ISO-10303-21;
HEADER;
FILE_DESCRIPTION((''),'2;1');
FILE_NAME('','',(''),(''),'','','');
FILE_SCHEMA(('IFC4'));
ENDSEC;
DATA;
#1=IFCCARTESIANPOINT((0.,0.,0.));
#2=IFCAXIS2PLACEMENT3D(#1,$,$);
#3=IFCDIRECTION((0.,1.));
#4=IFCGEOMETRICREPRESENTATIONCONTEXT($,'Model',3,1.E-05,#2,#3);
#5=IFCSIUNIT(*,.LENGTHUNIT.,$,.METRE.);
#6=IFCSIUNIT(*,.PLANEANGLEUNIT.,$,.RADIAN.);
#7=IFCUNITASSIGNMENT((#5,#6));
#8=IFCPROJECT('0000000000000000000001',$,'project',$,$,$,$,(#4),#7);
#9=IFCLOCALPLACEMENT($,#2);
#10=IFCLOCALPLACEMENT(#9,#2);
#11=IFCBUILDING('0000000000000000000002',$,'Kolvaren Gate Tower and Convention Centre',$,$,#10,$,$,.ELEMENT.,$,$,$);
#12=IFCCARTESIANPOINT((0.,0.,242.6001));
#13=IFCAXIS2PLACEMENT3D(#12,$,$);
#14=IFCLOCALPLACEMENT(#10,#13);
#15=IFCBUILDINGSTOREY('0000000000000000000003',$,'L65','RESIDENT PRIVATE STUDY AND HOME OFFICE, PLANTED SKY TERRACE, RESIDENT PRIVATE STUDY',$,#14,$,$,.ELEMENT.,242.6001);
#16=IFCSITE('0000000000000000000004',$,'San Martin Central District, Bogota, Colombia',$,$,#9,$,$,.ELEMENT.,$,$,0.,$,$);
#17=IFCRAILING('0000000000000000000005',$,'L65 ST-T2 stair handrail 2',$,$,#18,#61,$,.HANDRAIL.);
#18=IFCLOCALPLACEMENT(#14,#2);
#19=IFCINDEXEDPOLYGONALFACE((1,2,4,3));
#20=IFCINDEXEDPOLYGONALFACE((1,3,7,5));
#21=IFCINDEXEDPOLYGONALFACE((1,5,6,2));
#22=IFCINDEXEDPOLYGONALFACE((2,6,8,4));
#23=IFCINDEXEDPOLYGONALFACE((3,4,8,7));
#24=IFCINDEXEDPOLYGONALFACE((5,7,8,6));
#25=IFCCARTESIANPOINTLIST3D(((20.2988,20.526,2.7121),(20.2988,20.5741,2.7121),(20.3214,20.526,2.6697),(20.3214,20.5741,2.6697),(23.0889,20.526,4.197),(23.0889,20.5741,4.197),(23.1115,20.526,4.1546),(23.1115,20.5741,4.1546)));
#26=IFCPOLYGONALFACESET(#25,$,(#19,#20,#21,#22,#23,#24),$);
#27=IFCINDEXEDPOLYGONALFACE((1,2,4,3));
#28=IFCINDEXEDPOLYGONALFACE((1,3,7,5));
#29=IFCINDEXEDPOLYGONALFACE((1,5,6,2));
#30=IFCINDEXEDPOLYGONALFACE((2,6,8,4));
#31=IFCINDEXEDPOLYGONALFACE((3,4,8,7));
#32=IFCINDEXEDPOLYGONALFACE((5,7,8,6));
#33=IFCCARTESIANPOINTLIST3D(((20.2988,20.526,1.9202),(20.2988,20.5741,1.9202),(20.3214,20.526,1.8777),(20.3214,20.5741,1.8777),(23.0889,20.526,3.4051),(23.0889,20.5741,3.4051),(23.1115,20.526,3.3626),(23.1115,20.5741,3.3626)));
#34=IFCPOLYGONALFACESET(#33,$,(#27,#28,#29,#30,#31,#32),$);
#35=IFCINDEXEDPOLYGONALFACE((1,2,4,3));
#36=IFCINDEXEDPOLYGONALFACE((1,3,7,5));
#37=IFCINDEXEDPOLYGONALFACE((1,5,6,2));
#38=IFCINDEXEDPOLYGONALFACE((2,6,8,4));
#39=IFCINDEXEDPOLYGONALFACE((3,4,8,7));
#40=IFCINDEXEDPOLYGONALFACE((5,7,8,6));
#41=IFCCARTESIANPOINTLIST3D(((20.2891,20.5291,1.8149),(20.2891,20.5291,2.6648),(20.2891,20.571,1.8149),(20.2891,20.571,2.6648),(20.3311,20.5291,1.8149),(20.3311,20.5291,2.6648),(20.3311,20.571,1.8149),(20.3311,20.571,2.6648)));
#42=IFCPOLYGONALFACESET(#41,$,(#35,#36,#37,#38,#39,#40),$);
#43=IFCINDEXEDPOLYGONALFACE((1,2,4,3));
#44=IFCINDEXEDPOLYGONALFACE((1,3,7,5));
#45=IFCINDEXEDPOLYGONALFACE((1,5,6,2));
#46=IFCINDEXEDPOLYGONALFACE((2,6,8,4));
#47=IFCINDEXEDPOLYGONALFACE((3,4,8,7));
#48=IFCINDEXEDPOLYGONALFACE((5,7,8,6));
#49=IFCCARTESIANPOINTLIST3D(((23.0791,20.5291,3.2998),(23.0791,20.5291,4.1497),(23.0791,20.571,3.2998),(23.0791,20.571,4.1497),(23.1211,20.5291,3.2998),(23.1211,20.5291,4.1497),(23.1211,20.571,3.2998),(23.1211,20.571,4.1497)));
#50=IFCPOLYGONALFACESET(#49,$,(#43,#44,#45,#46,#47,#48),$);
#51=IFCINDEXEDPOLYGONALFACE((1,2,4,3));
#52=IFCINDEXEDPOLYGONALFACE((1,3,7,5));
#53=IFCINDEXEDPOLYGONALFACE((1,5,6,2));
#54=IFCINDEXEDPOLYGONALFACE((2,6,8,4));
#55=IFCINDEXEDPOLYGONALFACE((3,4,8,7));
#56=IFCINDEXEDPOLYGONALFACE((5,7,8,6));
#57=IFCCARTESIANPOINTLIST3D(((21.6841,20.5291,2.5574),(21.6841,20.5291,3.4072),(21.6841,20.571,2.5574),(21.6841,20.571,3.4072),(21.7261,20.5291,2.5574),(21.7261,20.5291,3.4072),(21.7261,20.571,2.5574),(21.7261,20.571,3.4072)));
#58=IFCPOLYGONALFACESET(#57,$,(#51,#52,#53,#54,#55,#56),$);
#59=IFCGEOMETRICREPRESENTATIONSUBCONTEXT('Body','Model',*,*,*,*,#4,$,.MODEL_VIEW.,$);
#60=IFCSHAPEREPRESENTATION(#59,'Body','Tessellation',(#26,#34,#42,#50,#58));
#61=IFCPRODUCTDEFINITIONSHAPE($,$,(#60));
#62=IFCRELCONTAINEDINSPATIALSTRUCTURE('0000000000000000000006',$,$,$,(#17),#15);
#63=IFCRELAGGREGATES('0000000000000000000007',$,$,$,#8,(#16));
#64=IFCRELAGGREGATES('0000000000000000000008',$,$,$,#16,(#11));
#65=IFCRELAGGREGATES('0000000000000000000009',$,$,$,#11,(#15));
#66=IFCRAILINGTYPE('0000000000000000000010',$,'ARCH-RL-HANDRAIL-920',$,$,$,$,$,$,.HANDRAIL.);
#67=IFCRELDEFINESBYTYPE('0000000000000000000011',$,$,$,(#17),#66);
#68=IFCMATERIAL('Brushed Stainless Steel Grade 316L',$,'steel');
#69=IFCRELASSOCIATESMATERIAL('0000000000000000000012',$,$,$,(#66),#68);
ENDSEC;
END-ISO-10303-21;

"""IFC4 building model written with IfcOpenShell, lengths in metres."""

from ifc_helpers import new_model, si_unit, direction, frame, origin, origin_2d, place, context, subcontext, project, spatial, rectangle, extrude, material, type_object, element, save


model = new_model("IFC4")

# Units and contexts
model_context = context("Model", 3, precision=1e-05, world=origin(), true_north=direction((0.0, 1.0)))
body_context = subcontext(model_context, "Body", "Model", "MODEL_VIEW")
ifc_project = project(units=[si_unit("LENGTHUNIT", "METRE"), si_unit("PLANEANGLEUNIT", "RADIAN")], contexts=[model_context])

# Site, building, storey
site_placement = place(None, origin())
site = spatial("IfcSite", under=ifc_project, at=site_placement, Name="San Martin Central District, Bogota, Colombia", CompositionType="ELEMENT", RefElevation=0.0)
building_placement = place(site_placement, origin())
building = spatial("IfcBuilding", under=site, at=building_placement, Name="Kolvaren Gate Tower and Convention Centre", CompositionType="ELEMENT")
storey_placement = place(building_placement, frame((0.0, 0.0, 242.6001)))
storey = spatial("IfcBuildingStorey", under=building, at=storey_placement, Name="L65", Description="RESIDENT PRIVATE STUDY AND HOME OFFICE, PLANTED SKY TERRACE, RESIDENT PRIVATE STUDY", CompositionType="ELEMENT", Elevation=242.6001)

# Shared definitions
ifc_material_1 = material(Name="Brushed Stainless Steel Grade 316L", Category="steel")

# Railing
railing_type_1 = type_object("IfcRailingType", Name="ARCH-RL-HANDRAIL-920", PredefinedType="HANDRAIL", material=ifc_material_1)
railing_1_placement = place(storey_placement, frame((20.3101, 20.55, 1.8149)))
element("IfcRailing", 1, at=railing_1_placement, inside=storey, type_object=railing_type_1, Name="L65 ST-T2 stair handrail 2", PredefinedType="HANDRAIL", context=body_context, shape_type="SweptSolid", body=[
    extrude(rectangle(XDim=0.0481, YDim=0.0481, at=origin_2d()), frame((0.0, 0.0, 0.876), z_axis=(0.882767, 0.0, 0.46981), x_axis=(0.0, 1.0, 0.0)), (0.0, 0.0, 1.0), 3.1606),
    extrude(rectangle(XDim=0.0481, YDim=0.0481, at=origin_2d()), frame((0.0, 0.0, 0.084), z_axis=(0.882767, 0.0, 0.46981), x_axis=(0.0, 1.0, 0.0)), (0.0, 0.0, 1.0), 3.1606),
    extrude(rectangle(XDim=0.042, YDim=0.042, at=origin_2d()), origin(), (0.0, 0.0, 1.0), 0.8499),
    extrude(rectangle(XDim=0.042, YDim=0.042, at=origin_2d()), frame((2.79, 0.0, 1.4849)), (0.0, 0.0, 1.0), 0.8499),
    extrude(rectangle(XDim=0.042, YDim=0.042, at=origin_2d()), frame((1.395, 0.0, 0.7424)), (0.0, 0.0, 1.0), 0.8499),
])

save(model, "model.ifc")
